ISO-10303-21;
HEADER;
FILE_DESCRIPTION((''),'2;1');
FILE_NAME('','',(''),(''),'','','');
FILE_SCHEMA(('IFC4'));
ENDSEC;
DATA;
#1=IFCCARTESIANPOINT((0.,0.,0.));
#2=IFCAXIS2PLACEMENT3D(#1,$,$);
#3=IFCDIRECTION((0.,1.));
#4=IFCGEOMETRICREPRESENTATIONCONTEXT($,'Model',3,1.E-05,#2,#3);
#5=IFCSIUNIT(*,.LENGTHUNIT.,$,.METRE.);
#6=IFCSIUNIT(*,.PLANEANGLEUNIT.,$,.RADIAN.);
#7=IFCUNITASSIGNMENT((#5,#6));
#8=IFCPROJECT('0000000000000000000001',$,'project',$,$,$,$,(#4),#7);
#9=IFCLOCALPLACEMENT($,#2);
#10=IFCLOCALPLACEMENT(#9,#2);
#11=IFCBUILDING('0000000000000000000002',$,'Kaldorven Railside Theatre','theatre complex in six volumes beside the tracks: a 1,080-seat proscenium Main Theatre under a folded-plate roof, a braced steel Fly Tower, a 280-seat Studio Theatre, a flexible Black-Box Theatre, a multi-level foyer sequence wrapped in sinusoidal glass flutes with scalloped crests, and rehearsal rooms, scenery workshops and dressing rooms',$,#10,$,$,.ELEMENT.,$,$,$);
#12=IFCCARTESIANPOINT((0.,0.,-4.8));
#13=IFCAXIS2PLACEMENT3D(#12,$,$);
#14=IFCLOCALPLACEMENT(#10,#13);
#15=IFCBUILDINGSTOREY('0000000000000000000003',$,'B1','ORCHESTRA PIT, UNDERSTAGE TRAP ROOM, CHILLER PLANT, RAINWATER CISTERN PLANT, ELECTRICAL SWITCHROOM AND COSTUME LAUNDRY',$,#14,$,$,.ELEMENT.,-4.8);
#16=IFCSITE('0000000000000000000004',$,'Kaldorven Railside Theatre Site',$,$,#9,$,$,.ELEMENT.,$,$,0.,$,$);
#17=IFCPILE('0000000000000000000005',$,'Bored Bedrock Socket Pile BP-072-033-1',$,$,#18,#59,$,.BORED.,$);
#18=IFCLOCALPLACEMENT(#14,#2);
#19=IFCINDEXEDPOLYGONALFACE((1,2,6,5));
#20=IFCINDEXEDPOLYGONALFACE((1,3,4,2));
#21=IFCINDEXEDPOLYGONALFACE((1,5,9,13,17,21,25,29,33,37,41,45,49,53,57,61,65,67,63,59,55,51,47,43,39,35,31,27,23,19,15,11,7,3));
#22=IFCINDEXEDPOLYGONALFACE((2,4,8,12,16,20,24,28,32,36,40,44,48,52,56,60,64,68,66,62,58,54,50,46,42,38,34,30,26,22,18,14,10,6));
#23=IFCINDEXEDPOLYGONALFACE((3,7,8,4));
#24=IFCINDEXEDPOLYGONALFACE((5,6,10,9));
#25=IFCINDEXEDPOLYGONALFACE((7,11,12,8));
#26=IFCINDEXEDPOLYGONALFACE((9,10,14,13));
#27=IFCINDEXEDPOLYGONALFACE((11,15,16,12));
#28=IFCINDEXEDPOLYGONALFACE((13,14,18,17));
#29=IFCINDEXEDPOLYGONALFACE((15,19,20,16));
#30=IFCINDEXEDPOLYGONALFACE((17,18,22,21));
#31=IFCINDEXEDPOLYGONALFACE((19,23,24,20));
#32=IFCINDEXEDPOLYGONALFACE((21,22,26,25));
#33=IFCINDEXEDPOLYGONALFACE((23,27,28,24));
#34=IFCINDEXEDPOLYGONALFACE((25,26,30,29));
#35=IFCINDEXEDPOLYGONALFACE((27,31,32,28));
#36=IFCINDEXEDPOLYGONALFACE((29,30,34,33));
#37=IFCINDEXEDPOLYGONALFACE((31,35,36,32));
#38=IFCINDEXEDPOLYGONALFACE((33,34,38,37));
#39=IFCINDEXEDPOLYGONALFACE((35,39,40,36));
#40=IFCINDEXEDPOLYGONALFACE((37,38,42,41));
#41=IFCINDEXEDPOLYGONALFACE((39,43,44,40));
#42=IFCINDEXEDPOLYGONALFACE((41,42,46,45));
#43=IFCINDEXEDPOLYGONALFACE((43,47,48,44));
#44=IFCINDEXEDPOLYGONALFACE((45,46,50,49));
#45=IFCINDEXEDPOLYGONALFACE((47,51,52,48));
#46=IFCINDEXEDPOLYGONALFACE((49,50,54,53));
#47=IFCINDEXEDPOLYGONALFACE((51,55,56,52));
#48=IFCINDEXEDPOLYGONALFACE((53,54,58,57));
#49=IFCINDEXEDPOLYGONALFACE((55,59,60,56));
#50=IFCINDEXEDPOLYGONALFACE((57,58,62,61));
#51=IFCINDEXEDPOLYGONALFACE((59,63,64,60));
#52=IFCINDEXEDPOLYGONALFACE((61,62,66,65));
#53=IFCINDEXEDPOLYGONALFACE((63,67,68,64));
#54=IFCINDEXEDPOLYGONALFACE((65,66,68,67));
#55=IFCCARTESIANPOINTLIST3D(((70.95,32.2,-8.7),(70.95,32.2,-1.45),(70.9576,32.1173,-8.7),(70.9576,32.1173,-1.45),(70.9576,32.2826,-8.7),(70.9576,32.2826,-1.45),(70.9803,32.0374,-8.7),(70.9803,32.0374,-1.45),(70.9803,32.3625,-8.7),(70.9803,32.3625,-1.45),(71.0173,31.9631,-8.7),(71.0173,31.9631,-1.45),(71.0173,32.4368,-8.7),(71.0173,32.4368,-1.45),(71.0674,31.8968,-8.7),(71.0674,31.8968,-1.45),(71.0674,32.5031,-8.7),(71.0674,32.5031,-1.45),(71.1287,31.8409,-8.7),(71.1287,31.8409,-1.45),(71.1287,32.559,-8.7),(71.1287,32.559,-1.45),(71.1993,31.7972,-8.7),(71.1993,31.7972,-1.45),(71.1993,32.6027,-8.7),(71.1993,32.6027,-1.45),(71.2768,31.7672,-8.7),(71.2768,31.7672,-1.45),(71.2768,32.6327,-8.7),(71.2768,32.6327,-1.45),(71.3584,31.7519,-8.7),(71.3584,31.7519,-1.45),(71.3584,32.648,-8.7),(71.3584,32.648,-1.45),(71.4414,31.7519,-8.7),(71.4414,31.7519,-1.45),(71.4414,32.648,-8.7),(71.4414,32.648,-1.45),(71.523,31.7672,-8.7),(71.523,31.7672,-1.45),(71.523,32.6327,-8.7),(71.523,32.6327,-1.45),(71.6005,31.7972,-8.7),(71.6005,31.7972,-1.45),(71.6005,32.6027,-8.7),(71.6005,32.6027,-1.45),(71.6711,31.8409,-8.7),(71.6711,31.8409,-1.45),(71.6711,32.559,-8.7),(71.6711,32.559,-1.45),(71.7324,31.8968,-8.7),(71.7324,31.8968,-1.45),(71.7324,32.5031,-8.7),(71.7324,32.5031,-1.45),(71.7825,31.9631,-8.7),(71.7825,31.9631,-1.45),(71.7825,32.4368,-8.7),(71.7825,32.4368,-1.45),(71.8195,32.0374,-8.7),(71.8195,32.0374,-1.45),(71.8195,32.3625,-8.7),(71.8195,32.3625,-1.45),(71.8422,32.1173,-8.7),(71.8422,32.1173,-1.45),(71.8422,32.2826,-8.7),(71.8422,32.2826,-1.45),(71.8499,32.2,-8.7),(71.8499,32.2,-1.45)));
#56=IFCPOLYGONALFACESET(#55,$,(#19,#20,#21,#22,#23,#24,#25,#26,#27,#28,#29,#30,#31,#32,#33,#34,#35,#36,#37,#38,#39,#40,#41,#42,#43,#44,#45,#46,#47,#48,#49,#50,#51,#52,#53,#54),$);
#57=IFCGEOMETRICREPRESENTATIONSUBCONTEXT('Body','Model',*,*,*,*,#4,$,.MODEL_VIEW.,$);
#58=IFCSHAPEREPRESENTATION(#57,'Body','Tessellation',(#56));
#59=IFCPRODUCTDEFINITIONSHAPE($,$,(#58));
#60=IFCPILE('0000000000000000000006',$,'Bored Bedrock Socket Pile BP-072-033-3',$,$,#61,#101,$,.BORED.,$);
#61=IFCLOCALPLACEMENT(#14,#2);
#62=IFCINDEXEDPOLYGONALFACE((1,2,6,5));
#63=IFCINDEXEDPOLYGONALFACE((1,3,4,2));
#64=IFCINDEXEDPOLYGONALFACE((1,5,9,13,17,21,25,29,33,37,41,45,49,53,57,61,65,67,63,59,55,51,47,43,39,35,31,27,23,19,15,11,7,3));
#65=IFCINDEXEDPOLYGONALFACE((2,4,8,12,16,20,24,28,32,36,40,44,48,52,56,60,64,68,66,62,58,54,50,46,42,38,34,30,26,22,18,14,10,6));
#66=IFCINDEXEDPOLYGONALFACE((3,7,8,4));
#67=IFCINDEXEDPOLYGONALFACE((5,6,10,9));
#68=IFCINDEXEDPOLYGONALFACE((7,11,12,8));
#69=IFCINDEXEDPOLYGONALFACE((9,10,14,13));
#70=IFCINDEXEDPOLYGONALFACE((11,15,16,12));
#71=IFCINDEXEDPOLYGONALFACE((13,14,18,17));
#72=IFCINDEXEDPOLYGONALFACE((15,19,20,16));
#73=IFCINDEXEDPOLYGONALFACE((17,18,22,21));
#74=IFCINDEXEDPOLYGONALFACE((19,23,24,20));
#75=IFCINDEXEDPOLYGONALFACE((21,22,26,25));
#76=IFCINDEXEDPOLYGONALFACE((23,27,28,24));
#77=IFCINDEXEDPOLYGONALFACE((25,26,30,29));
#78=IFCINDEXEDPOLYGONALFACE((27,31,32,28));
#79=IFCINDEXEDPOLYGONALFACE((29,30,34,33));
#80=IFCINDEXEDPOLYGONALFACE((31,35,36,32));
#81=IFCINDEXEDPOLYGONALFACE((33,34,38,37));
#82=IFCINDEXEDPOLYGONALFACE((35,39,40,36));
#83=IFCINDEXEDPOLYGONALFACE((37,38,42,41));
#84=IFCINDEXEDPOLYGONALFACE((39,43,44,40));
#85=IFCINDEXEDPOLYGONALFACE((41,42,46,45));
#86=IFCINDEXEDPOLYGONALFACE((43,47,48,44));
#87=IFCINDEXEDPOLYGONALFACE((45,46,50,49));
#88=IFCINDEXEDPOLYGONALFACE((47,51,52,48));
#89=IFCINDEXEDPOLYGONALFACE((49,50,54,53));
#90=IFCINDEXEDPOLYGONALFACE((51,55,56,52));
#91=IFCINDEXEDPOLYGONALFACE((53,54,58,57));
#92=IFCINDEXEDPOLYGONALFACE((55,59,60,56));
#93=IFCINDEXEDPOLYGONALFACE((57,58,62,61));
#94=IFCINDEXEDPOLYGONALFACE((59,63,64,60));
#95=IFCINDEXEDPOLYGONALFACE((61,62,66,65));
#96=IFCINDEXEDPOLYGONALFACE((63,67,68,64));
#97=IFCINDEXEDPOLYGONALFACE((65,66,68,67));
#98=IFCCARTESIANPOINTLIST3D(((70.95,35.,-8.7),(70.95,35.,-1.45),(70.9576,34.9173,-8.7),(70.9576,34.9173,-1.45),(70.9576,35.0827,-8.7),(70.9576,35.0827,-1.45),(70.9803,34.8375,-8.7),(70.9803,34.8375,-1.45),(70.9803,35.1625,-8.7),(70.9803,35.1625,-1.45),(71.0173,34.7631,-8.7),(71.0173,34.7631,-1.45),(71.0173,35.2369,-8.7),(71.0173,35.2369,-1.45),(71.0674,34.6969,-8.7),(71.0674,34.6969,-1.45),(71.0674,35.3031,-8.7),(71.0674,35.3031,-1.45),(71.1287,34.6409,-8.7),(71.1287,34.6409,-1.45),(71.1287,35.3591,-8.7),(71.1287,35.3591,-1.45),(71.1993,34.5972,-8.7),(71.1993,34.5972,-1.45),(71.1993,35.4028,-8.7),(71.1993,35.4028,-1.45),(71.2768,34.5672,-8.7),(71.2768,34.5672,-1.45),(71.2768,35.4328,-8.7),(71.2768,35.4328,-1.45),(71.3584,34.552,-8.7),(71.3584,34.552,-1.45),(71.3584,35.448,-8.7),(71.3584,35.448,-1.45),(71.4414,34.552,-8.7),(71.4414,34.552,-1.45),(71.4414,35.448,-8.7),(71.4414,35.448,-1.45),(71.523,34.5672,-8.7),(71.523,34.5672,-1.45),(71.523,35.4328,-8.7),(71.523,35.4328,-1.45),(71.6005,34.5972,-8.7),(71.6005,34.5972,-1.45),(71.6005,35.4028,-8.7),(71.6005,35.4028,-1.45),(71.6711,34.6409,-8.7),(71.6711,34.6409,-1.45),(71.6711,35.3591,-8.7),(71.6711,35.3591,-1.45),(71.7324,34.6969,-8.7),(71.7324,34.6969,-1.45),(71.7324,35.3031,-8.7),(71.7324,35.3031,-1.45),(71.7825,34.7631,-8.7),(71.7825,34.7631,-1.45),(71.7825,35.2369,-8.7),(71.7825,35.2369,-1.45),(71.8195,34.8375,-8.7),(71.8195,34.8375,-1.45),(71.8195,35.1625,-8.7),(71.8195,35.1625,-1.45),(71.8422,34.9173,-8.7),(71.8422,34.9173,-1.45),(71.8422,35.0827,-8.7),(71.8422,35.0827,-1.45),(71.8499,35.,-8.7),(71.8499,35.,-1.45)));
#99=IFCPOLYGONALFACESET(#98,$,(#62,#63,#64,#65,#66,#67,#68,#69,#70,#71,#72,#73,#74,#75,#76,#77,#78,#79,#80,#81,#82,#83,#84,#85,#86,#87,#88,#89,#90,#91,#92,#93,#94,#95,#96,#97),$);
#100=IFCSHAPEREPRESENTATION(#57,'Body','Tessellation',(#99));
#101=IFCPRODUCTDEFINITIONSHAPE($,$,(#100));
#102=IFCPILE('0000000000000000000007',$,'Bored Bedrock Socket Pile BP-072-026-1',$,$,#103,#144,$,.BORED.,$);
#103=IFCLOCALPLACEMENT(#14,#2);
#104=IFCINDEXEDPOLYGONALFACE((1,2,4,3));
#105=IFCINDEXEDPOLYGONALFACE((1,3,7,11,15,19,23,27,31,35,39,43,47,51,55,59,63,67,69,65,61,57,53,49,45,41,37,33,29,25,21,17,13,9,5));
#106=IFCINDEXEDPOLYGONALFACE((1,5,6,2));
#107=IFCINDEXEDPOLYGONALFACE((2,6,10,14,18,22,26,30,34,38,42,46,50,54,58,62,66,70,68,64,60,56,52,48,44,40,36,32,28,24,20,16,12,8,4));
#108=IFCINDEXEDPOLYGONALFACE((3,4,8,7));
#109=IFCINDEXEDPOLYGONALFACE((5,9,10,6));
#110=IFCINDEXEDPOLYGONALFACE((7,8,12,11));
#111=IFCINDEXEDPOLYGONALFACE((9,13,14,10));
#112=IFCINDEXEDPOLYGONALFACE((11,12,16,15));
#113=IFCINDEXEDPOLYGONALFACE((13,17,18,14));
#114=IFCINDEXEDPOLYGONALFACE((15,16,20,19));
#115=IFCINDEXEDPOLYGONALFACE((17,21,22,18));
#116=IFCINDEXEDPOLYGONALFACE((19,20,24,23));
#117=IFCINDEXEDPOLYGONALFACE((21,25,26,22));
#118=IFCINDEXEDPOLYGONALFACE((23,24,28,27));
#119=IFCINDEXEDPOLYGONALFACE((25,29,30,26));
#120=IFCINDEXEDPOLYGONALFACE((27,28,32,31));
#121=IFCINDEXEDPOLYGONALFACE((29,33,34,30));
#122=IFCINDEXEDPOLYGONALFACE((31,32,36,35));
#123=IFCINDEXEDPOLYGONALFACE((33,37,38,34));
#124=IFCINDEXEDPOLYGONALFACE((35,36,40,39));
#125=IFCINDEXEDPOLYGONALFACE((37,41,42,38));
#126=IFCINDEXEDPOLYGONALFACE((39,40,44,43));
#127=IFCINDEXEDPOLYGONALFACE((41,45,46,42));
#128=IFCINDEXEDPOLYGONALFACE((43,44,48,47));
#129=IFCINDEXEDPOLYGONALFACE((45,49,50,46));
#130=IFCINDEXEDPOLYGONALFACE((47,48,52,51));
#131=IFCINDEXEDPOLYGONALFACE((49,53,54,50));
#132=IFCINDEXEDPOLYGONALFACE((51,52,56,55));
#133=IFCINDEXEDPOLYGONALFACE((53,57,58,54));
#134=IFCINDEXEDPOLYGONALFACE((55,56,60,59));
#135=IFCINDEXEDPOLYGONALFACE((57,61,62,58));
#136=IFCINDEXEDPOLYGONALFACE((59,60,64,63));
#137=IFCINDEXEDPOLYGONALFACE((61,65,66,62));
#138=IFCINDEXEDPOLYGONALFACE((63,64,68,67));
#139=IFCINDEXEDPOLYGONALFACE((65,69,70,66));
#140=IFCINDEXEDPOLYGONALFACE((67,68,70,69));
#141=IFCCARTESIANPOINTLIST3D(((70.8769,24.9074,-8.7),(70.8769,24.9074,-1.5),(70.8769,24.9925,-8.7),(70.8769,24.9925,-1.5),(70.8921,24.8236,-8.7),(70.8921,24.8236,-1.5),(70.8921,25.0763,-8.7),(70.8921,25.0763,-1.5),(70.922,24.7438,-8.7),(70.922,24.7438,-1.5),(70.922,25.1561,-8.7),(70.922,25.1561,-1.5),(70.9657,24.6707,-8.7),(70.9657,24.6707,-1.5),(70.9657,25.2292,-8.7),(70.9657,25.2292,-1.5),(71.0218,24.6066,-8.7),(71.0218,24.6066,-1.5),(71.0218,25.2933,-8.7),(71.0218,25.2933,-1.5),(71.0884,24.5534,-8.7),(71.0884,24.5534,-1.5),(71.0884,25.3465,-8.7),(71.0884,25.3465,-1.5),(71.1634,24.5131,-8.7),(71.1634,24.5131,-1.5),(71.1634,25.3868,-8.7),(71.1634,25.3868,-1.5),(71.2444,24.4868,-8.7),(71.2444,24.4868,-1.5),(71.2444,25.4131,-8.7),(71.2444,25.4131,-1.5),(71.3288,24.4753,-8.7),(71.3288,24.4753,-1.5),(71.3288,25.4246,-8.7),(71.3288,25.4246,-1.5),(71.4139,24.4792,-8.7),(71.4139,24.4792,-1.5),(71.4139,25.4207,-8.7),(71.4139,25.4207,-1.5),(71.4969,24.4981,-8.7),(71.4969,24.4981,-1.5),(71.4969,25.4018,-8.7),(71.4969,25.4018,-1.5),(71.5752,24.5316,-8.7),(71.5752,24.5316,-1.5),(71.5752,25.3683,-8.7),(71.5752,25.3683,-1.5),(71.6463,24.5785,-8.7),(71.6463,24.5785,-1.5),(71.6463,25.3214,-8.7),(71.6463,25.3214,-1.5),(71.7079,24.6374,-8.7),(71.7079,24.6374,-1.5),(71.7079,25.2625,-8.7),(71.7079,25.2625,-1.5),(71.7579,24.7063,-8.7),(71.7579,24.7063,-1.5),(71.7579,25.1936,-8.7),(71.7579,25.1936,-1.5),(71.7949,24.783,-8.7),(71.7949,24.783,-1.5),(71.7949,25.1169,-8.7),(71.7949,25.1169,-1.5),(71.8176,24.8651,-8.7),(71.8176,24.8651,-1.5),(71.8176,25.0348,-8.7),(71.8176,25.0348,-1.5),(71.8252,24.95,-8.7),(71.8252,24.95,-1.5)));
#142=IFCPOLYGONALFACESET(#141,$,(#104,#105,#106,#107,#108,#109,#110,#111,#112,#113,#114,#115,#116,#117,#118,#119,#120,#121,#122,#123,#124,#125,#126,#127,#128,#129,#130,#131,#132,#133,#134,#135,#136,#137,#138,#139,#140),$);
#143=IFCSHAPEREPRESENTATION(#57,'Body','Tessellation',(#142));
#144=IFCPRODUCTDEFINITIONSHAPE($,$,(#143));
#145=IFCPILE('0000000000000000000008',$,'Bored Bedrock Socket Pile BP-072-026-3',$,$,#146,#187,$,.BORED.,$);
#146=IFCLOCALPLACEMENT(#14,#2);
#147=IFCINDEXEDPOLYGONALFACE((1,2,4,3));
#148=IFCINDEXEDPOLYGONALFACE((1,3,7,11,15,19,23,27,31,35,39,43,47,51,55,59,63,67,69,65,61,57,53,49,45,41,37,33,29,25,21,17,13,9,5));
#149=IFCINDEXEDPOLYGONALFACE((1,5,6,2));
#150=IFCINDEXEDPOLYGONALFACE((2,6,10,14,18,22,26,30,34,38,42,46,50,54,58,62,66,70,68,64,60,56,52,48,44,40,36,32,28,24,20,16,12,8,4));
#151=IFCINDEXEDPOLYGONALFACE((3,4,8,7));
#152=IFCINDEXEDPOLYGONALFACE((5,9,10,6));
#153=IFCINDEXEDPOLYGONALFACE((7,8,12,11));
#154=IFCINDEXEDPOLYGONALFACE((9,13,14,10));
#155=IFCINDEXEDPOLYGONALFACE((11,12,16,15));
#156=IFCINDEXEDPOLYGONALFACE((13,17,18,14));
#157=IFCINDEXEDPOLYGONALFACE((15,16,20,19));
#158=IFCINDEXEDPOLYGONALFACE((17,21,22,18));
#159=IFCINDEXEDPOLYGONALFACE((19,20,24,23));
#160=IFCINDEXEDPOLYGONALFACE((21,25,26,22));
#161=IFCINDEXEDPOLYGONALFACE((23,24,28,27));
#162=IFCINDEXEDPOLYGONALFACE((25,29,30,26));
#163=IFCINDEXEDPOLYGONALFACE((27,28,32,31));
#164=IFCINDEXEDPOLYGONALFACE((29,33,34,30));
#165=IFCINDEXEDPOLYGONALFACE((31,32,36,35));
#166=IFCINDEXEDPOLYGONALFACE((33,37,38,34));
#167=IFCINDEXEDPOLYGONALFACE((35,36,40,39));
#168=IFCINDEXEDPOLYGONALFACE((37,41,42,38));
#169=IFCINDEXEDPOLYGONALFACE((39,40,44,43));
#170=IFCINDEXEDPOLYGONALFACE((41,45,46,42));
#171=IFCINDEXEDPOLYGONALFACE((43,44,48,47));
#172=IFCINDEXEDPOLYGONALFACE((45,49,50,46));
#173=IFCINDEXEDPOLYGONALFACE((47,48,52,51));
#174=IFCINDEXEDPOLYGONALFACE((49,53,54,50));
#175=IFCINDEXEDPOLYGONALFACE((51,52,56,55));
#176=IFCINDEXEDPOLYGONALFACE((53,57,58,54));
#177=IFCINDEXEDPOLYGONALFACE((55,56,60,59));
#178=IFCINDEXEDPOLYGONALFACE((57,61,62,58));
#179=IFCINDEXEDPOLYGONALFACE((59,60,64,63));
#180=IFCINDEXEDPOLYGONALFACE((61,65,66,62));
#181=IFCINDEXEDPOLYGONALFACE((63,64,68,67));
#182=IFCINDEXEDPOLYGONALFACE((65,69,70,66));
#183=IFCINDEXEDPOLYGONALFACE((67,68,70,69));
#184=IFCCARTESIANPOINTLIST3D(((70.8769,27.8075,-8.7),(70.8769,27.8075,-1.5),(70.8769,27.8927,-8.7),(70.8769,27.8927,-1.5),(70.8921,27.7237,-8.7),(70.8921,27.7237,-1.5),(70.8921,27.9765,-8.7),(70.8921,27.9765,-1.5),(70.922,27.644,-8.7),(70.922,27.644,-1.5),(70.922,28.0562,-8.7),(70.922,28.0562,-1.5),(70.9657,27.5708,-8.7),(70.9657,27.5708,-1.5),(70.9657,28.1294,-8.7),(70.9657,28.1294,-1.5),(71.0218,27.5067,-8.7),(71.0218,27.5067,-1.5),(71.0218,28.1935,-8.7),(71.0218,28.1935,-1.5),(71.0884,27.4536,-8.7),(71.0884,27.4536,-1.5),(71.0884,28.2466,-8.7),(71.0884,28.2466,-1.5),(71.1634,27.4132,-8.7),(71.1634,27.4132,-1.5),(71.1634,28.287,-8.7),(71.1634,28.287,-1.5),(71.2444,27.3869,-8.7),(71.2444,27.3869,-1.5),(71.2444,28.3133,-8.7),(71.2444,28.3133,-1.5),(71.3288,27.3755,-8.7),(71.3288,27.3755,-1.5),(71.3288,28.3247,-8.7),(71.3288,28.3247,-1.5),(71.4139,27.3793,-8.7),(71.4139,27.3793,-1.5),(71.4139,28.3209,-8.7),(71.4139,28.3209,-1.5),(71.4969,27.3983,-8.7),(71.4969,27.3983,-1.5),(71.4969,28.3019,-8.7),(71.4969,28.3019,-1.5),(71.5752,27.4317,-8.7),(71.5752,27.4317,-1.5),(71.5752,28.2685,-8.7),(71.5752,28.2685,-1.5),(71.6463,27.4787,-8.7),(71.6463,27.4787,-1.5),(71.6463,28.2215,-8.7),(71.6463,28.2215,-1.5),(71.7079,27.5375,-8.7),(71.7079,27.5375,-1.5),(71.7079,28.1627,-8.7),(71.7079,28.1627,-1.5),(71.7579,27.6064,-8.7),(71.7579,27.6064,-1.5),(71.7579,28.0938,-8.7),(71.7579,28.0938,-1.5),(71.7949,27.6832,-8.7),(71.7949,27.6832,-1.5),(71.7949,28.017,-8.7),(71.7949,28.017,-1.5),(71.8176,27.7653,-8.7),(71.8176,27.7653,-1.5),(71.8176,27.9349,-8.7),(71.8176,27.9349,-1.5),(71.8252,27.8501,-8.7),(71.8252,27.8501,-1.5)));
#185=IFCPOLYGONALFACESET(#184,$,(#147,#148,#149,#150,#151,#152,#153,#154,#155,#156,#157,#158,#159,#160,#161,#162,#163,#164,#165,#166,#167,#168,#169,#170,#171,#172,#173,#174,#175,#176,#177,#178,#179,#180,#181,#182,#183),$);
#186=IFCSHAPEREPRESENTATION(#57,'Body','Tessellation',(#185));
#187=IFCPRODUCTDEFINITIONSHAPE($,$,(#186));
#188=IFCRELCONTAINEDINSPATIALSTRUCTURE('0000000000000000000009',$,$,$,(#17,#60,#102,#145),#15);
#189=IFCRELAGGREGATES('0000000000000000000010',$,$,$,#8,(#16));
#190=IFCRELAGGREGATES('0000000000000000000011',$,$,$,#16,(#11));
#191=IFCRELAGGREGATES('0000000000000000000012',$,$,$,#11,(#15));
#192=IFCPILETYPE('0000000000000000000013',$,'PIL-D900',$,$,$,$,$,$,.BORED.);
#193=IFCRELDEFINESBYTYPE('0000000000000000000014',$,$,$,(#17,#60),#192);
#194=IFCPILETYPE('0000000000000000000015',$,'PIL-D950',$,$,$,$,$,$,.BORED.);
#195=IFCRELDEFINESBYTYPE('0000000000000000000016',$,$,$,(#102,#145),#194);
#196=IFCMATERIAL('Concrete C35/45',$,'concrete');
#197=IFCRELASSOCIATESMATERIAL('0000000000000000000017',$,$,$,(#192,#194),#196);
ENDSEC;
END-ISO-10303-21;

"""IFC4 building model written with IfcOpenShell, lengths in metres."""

from ifc_helpers import new_model, si_unit, direction, frame, origin, origin_2d, place, context, subcontext, project, spatial, circle, extrude, material, material_profile, profile_set, type_object, element, save


model = new_model("IFC4")

# Units and contexts
model_context = context("Model", 3, precision=1e-05, world=origin(), true_north=direction((0.0, 1.0)))
body_context = subcontext(model_context, "Body", "Model", "MODEL_VIEW")
ifc_project = project(units=[si_unit("LENGTHUNIT", "METRE"), si_unit("PLANEANGLEUNIT", "RADIAN")], contexts=[model_context])

# Site, building, storey
site_placement = place(None, origin())
site = spatial("IfcSite", under=ifc_project, at=site_placement, Name="Kaldorven Railside Theatre Site", CompositionType="ELEMENT", RefElevation=0.0)
building_placement = place(site_placement, origin())
building = spatial("IfcBuilding", under=site, at=building_placement, Name="Kaldorven Railside Theatre", Description="theatre complex in six volumes beside the tracks: a 1,080-seat proscenium Main Theatre under a folded-plate roof, a braced steel Fly Tower, a 280-seat Studio Theatre, a flexible Black-Box Theatre, a multi-level foyer sequence wrapped in sinusoidal glass flutes with scalloped crests, and rehearsal rooms, scenery workshops and dressing rooms", CompositionType="ELEMENT")
storey_placement = place(building_placement, frame((0.0, 0.0, -4.8)))
storey = spatial("IfcBuildingStorey", under=building, at=storey_placement, Name="B1", Description="ORCHESTRA PIT, UNDERSTAGE TRAP ROOM, CHILLER PLANT, RAINWATER CISTERN PLANT, ELECTRICAL SWITCHROOM AND COSTUME LAUNDRY", CompositionType="ELEMENT", Elevation=-4.8)

# Piles
ifc_material_1 = material(Name="Concrete C35/45", Category="concrete")
ifc_material_profile_1 = material_profile(ifc_material_1, circle(Radius=0.45, at=origin_2d()), Name="BP D900")
ifc_profile_set_1 = profile_set([ifc_material_profile_1], Name="Concrete C35/45")
pile_type_1 = type_object("IfcPileType", Name="PIL-D900", PredefinedType="BORED", material=ifc_profile_set_1)
for number, where, z_axis, x_axis, name in (
    (1, (71.3999, 32.2, -1.45), (0.0, 0.0, -1.0), (1.0, 0.0, 0.0), "Bored Bedrock Socket Pile BP-072-033-1"),
    (2, (71.3999, 35.0, -1.45), (0.0, 0.0, -1.0), (1.0, 0.0, 0.0), "Bored Bedrock Socket Pile BP-072-033-3"),
):
    element("IfcPile", number, at=place(storey_placement, frame(where, z_axis=z_axis, x_axis=x_axis)), inside=storey, type_object=pile_type_1, Name=name, PredefinedType="BORED", context=body_context, shape_type="SweptSolid", body=[
        extrude(circle(Radius=0.45, at=origin_2d()), origin(), (0.0, 0.0, 1.0), 7.25),
    ])
ifc_material_profile_2 = material_profile(ifc_material_1, circle(Radius=0.4751, at=origin_2d()), Name="BP D950")
ifc_profile_set_2 = profile_set([ifc_material_profile_2], Name="Concrete C35/45")
pile_type_2 = type_object("IfcPileType", Name="PIL-D950", PredefinedType="BORED", material=ifc_profile_set_2)
for number, where, z_axis, x_axis, name in (
    (3, (71.3501, 24.95, -1.5), (0.0, 0.0, -1.0), (1.0, 0.0, 0.0), "Bored Bedrock Socket Pile BP-072-026-1"),
    (4, (71.3501, 27.8501, -1.5), (0.0, 0.0, -1.0), (1.0, 0.0, 0.0), "Bored Bedrock Socket Pile BP-072-026-3"),
):
    element("IfcPile", number, at=place(storey_placement, frame(where, z_axis=z_axis, x_axis=x_axis)), inside=storey, type_object=pile_type_2, Name=name, PredefinedType="BORED", context=body_context, shape_type="SweptSolid", body=[
        extrude(circle(Radius=0.4751, at=origin_2d()), origin(), (0.0, 0.0, 1.0), 7.2),
    ])

save(model, "model.ifc")
